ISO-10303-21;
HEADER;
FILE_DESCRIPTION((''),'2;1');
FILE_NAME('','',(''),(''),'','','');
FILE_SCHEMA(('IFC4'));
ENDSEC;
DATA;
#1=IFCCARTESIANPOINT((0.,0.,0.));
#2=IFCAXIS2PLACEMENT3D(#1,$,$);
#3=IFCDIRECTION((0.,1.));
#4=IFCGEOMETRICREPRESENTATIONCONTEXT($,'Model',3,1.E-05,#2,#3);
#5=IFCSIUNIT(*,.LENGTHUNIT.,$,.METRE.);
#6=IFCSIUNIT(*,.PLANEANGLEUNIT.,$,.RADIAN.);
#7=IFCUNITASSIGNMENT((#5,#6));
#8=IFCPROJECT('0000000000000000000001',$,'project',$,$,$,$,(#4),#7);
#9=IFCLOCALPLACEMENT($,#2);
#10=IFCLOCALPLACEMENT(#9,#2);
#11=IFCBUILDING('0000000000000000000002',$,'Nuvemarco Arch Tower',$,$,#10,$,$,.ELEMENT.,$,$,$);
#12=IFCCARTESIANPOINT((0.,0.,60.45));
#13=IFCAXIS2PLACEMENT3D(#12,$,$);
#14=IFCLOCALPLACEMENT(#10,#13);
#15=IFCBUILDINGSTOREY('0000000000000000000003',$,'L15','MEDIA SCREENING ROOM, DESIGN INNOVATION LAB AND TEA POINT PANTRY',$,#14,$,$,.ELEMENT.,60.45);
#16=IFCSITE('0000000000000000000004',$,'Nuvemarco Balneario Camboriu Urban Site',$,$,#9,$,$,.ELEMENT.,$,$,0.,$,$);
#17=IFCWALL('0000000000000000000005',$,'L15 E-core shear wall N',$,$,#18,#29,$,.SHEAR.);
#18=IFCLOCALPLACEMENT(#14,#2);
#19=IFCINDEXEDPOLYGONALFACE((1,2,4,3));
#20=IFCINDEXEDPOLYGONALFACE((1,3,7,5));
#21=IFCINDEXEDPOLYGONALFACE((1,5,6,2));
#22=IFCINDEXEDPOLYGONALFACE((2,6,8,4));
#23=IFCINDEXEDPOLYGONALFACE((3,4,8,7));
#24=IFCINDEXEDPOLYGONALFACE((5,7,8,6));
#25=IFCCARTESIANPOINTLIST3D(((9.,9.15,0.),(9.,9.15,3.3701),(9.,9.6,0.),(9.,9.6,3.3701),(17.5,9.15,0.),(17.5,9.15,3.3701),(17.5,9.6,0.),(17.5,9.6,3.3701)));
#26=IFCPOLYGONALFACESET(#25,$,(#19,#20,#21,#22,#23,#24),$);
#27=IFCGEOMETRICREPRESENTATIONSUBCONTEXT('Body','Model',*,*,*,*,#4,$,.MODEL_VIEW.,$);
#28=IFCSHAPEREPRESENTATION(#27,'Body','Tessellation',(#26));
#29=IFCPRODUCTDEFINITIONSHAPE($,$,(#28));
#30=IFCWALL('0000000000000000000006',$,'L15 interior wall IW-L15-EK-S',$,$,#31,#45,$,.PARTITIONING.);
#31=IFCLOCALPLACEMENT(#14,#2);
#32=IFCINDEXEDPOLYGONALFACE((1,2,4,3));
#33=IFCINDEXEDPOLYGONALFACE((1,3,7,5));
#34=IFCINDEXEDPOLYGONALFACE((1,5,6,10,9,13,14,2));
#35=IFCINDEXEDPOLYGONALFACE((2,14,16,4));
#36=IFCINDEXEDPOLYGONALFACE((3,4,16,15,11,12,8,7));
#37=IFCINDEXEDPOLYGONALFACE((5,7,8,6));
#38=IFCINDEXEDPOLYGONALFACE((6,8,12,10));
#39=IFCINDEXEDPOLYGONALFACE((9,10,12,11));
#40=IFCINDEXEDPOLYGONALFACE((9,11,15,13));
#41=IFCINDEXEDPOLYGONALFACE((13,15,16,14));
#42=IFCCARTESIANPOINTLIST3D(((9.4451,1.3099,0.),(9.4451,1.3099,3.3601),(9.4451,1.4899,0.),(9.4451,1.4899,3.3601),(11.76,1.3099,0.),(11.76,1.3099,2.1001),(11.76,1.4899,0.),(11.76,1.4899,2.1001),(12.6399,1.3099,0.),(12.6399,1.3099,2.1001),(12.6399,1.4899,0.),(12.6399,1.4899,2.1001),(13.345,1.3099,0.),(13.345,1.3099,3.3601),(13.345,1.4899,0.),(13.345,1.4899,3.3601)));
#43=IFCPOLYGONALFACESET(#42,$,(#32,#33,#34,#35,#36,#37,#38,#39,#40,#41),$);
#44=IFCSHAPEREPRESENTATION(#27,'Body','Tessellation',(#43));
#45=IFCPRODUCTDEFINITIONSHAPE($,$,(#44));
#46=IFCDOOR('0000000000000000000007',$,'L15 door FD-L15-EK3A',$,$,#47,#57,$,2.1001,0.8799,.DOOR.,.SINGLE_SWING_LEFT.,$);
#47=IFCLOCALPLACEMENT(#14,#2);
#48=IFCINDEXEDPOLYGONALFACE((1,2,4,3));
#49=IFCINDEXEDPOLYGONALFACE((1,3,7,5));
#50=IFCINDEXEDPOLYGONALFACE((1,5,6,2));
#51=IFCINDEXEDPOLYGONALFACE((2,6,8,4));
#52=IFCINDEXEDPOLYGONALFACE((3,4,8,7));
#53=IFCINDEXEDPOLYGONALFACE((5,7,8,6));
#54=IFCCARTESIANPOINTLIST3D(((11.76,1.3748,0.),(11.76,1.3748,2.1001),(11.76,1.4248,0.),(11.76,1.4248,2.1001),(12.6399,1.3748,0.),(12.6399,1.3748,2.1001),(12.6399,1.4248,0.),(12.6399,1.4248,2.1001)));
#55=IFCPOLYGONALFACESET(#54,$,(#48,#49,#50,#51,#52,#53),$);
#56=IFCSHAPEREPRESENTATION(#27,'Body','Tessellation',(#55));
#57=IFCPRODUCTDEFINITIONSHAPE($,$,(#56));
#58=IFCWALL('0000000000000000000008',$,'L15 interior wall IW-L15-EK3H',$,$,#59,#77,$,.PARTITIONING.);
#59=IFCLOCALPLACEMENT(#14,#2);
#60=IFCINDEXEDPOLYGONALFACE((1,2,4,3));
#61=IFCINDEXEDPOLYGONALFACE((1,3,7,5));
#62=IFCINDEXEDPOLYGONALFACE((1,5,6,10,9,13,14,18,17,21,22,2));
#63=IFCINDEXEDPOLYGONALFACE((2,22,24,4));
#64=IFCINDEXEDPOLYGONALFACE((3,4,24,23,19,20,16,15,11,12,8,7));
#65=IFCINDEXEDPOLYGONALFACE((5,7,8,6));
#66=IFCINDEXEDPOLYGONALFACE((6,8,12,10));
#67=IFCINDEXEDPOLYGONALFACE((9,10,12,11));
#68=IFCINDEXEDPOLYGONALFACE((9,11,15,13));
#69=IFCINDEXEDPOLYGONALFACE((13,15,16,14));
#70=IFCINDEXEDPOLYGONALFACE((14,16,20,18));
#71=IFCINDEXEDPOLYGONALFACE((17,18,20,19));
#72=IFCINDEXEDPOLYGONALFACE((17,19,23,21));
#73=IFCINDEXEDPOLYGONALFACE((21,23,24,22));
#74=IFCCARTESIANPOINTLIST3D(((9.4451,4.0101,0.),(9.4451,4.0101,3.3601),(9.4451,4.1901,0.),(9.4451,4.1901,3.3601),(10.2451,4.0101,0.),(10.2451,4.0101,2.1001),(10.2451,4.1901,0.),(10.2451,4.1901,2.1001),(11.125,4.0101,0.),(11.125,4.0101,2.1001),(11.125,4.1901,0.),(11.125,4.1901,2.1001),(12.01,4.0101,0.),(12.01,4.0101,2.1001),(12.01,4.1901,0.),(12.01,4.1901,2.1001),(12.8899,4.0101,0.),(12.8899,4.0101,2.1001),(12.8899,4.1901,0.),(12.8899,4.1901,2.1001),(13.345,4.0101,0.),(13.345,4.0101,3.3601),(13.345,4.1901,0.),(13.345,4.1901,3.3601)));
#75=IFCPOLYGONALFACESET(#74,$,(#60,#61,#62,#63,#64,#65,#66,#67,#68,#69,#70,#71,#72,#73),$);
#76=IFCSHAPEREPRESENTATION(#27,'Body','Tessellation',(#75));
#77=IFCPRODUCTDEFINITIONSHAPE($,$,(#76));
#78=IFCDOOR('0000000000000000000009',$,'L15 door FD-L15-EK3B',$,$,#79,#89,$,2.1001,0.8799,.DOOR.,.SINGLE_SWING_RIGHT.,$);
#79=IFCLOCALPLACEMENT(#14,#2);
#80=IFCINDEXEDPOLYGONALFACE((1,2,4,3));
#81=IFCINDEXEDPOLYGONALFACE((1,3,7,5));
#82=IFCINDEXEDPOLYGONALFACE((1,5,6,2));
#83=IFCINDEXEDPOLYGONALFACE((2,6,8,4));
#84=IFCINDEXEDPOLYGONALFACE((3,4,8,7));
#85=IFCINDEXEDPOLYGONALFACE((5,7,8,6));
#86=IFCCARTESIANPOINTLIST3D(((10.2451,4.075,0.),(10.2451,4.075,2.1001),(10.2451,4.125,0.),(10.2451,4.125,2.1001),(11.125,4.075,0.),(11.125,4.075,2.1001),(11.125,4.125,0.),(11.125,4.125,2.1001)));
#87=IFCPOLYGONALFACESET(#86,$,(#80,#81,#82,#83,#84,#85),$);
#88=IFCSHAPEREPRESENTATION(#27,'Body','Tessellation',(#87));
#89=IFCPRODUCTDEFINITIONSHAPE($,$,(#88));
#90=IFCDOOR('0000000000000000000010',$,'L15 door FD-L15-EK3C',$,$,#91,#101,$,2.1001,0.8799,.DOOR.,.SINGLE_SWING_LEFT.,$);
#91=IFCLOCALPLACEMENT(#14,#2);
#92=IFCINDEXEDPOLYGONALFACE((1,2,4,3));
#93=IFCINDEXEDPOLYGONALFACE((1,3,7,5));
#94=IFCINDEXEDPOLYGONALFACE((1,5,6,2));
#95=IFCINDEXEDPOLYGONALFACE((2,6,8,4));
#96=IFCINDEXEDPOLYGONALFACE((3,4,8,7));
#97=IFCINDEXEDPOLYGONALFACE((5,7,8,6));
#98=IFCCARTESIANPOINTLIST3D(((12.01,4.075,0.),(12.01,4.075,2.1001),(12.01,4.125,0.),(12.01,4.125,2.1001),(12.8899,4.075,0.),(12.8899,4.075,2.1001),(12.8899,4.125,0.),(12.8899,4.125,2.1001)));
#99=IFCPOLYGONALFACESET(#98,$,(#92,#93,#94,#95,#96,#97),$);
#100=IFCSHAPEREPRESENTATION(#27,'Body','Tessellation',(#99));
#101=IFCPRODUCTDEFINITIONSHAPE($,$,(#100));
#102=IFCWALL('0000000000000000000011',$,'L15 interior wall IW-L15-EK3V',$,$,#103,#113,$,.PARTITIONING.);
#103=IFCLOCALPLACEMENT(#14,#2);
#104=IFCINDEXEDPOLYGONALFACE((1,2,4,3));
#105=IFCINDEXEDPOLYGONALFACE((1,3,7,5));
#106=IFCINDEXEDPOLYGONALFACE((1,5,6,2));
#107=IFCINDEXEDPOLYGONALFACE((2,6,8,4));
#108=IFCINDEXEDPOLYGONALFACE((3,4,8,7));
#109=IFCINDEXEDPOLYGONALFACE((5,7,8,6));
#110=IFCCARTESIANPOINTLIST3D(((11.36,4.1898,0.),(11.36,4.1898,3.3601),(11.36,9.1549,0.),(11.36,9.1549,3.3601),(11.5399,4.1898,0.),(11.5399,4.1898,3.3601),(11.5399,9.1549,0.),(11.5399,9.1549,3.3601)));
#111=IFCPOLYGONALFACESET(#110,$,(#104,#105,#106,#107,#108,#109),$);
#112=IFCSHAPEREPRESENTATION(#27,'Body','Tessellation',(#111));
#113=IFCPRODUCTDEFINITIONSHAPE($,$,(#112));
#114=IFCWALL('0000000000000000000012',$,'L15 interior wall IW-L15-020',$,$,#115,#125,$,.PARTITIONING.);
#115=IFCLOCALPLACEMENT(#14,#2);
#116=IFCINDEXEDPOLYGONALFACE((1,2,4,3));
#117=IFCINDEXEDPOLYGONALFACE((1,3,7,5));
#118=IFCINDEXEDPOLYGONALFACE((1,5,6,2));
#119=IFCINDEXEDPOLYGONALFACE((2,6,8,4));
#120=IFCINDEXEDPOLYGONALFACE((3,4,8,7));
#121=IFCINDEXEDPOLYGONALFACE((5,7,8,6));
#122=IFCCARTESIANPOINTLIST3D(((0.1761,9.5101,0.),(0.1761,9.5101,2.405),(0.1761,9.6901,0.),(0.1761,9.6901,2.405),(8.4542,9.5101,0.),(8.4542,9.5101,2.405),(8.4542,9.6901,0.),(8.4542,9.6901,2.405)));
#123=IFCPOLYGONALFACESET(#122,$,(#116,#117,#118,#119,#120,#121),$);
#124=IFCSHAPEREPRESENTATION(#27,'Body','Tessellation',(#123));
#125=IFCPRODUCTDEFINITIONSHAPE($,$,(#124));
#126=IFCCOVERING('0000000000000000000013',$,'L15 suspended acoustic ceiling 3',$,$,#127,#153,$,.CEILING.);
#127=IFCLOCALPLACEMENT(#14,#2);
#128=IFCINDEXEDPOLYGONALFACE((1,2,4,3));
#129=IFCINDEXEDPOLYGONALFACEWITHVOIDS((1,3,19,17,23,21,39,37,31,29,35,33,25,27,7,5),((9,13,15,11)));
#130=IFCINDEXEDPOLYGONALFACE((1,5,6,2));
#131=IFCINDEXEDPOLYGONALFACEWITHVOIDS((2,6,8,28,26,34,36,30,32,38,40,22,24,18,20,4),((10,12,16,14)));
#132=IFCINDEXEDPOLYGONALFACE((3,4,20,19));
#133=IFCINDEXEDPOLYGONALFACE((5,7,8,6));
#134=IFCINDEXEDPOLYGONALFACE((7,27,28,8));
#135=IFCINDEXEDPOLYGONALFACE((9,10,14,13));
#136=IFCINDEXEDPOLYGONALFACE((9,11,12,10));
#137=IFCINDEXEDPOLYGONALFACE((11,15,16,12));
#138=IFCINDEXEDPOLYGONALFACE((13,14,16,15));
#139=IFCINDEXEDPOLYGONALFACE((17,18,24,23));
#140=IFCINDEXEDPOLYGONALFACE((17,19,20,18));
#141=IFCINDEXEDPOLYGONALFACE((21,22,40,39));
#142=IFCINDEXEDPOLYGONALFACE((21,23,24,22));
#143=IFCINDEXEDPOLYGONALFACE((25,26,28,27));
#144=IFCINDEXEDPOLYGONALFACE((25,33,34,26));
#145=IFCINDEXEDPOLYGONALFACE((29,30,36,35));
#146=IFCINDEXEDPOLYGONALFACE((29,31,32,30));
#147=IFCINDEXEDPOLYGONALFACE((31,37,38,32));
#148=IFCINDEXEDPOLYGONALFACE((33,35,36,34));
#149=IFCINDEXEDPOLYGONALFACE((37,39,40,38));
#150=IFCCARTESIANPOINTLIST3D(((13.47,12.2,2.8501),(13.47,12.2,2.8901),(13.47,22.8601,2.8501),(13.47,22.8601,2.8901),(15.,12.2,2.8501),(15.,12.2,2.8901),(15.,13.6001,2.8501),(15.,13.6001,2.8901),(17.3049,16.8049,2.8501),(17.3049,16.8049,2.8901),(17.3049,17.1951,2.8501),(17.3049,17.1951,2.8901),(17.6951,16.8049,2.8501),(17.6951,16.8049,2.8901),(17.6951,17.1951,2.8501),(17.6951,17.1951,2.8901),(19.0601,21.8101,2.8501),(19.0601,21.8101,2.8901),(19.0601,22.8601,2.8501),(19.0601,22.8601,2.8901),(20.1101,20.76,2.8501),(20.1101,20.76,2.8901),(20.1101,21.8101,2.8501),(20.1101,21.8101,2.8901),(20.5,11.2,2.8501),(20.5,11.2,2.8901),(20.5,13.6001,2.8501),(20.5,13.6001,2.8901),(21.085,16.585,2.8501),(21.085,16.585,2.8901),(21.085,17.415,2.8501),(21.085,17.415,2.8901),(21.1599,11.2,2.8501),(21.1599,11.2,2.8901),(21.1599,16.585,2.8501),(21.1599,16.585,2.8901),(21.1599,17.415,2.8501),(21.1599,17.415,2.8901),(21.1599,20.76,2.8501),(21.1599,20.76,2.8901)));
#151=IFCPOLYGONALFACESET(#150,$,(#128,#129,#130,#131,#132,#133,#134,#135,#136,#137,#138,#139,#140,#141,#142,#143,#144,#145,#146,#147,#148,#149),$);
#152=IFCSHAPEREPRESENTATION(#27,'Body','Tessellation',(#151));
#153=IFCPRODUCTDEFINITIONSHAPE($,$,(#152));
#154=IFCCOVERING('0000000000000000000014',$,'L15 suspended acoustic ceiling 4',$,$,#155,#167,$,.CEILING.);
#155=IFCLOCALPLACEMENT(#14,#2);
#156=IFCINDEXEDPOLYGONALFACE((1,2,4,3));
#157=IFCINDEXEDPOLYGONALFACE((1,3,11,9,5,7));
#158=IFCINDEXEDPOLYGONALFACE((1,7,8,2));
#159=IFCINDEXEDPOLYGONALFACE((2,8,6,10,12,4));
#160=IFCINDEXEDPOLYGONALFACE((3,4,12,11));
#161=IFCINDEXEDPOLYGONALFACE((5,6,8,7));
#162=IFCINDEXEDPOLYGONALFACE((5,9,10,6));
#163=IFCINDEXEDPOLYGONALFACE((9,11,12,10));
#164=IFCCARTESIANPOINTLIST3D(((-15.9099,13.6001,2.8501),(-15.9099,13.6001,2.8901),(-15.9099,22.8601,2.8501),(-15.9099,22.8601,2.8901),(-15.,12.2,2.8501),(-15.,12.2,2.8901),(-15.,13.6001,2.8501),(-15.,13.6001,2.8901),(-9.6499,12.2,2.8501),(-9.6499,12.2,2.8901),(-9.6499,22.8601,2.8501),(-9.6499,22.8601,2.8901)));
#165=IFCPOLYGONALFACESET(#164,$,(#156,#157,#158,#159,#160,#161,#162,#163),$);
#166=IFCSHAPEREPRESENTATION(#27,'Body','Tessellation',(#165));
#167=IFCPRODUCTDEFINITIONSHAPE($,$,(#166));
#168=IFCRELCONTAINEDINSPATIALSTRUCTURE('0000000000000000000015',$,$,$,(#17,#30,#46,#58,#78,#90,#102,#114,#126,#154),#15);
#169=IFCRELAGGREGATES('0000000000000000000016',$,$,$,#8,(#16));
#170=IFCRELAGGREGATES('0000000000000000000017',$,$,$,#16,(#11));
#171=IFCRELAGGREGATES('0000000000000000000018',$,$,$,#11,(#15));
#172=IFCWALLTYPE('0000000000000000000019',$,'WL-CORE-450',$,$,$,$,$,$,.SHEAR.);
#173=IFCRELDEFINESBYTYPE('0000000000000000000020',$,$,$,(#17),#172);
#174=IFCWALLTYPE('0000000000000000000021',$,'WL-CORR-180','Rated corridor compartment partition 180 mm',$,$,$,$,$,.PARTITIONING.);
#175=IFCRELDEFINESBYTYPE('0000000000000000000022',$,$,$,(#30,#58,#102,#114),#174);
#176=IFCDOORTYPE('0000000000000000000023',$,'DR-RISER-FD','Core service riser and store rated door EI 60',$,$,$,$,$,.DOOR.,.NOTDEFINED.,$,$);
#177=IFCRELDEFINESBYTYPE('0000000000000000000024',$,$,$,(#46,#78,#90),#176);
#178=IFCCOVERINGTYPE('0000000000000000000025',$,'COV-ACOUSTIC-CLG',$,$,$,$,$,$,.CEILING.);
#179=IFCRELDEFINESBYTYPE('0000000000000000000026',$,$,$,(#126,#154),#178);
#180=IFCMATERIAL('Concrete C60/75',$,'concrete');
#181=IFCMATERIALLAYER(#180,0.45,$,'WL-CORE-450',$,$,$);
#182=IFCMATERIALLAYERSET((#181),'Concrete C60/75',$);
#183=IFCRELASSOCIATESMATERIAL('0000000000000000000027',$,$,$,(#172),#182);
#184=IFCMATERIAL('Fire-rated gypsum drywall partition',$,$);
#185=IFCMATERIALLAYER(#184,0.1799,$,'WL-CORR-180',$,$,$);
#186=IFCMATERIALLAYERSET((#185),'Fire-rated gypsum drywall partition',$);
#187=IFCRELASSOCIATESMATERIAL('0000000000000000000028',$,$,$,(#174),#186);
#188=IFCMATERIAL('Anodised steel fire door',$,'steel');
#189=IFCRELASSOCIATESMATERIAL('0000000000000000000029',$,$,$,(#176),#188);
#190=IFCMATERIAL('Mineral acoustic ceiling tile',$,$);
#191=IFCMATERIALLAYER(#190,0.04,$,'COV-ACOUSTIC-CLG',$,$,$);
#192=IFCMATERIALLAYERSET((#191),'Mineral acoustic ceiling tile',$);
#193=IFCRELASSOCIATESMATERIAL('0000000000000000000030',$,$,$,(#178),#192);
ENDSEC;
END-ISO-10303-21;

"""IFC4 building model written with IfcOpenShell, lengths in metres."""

from ifc_helpers import new_model, si_unit, direction, frame, frame_2d, origin, place, context, subcontext, project, spatial, polyline, rectangle, outline, extrude, source, transform, mapped, material, layer, layer_set, type_object, type_shapes, element, fill, save


model = new_model("IFC4")

# Units and contexts
model_context = context("Model", 3, precision=1e-05, world=origin(), true_north=direction((0.0, 1.0)))
body_context = subcontext(model_context, "Body", "Model", "MODEL_VIEW")
ifc_project = project(units=[si_unit("LENGTHUNIT", "METRE"), si_unit("PLANEANGLEUNIT", "RADIAN")], contexts=[model_context])

# Site, building, storey
site_placement = place(None, origin())
site = spatial("IfcSite", under=ifc_project, at=site_placement, Name="Nuvemarco Balneario Camboriu Urban Site", CompositionType="ELEMENT", RefElevation=0.0)
building_placement = place(site_placement, origin())
building = spatial("IfcBuilding", under=site, at=building_placement, Name="Nuvemarco Arch Tower", CompositionType="ELEMENT")
storey_placement = place(building_placement, frame((0.0, 0.0, 60.45)))
storey = spatial("IfcBuildingStorey", under=building, at=storey_placement, Name="L15", Description="MEDIA SCREENING ROOM, DESIGN INNOVATION LAB AND TEA POINT PANTRY", CompositionType="ELEMENT", Elevation=60.45)

# Shared definitions
ifc_material_1 = material(Name="Concrete C60/75", Category="concrete")

# Wall
ifc_layer_1 = layer(ifc_material_1, 0.45, Name="WL-CORE-450")
ifc_layer_set_1 = layer_set([ifc_layer_1], Name="Concrete C60/75")
wall_type_1 = type_object("IfcWallType", Name="WL-CORE-450", PredefinedType="SHEAR", material=ifc_layer_set_1)
wall_1_placement = place(storey_placement, frame((9.0, 9.375, 0.0), z_axis=(0.0, 0.0, 1.0), x_axis=(1.0, 0.0, 0.0)))
element("IfcWall", 1, at=wall_1_placement, inside=storey, type_object=wall_type_1, Name="L15 E-core shear wall N", PredefinedType="SHEAR", context=body_context, shape_type="SweptSolid", body=[
    extrude(rectangle(XDim=8.5, YDim=0.45, at=frame_2d((4.25, 0.0))), origin(), (0.0, 0.0, 1.0), 3.3701),
])

# Wall, opening, door
ifc_material_2 = material(Name="Fire-rated gypsum drywall partition")
ifc_layer_2 = layer(ifc_material_2, 0.1799, Name="WL-CORR-180")
ifc_layer_set_2 = layer_set([ifc_layer_2], Name="Fire-rated gypsum drywall partition")
wall_type_2 = type_object("IfcWallType", Name="WL-CORR-180", Description="Rated corridor compartment partition 180 mm", PredefinedType="PARTITIONING", material=ifc_layer_set_2)
wall_2_placement = place(storey_placement, frame((9.4451, 1.3999, 0.0), z_axis=(0.0, 0.0, 1.0), x_axis=(1.0, 0.0, 0.0)))
wall_2 = element("IfcWall", 2, at=wall_2_placement, inside=storey, type_object=wall_type_2, Name="L15 interior wall IW-L15-EK-S", PredefinedType="PARTITIONING", context=body_context, shape_type="SweptSolid", body=[
    extrude(rectangle(XDim=3.8999, YDim=0.1799, at=frame_2d((1.95, 0.0))), origin(), (0.0, 0.0, 1.0), 3.3601),
])
opening_1_placement = place(wall_2_placement, frame((2.3149, 0.0, 0.0)))
opening_1 = element("IfcOpeningElement", 3, at=opening_1_placement, cuts=wall_2, PredefinedType="OPENING", context=body_context, shape_type="SweptSolid", body=[
    extrude(rectangle(XDim=0.8799, YDim=2.1001, at=frame_2d((0.4399, 1.05))), frame((0.0, 0.0999, 0.0), z_axis=(0.0, -1.0, 0.0), x_axis=(1.0, 0.0, 0.0)), (0.0, 0.0, 1.0), 0.2),
])
ifc_material_3 = material(Name="Anodised steel fire door", Category="steel")
door_type = type_object("IfcDoorType", Name="DR-RISER-FD", Description="Core service riser and store rated door EI 60", OperationType="NOTDEFINED", PredefinedType="DOOR", material=ifc_material_3)
shared_shape = source(origin(), body_context, "Body", "SweptSolid", [
    extrude(rectangle(XDim=0.8799, YDim=2.1001, at=frame_2d((0.4399, 1.05))), frame((0.0, 0.0249, 0.0), z_axis=(0.0, -1.0, 0.0), x_axis=(1.0, 0.0, 0.0)), (0.0, 0.0, 1.0), 0.05),
])
type_shapes(door_type, [shared_shape])
door_1_placement = place(opening_1_placement, origin())
door_1 = element("IfcDoor", 4, at=door_1_placement, inside=storey, type_object=door_type, Name="L15 door FD-L15-EK3A", OperationType="SINGLE_SWING_LEFT", OverallHeight=2.1001, OverallWidth=0.8799, PredefinedType="DOOR", context=body_context, shape_type="MappedRepresentation", body=[
    mapped(shared_shape, transform((0.0, 0.0, 0.0), scale=1.0)),
])
fill(opening_1, door_1)

# Wall, openings, doors
wall_3_placement = place(storey_placement, frame((9.4451, 4.1001, 0.0), z_axis=(0.0, 0.0, 1.0), x_axis=(1.0, 0.0, 0.0)))
wall_3 = element("IfcWall", 5, at=wall_3_placement, inside=storey, type_object=wall_type_2, Name="L15 interior wall IW-L15-EK3H", PredefinedType="PARTITIONING", context=body_context, shape_type="SweptSolid", body=[
    extrude(rectangle(XDim=3.8999, YDim=0.1799, at=frame_2d((1.95, 0.0))), origin(), (0.0, 0.0, 1.0), 3.3601),
])
opening_2_placement = place(wall_3_placement, frame((0.8, 0.0, 0.0)))
opening_2 = element("IfcOpeningElement", 6, at=opening_2_placement, cuts=wall_3, PredefinedType="OPENING", context=body_context, shape_type="SweptSolid", body=[
    extrude(rectangle(XDim=0.8799, YDim=2.1001, at=frame_2d((0.4399, 1.05))), frame((0.0, 0.0999, 0.0), z_axis=(0.0, -1.0, 0.0), x_axis=(1.0, 0.0, 0.0)), (0.0, 0.0, 1.0), 0.2),
])
opening_3_placement = place(wall_3_placement, frame((2.5649, 0.0, 0.0)))
opening_3 = element("IfcOpeningElement", 7, at=opening_3_placement, cuts=wall_3, PredefinedType="OPENING", context=body_context, shape_type="SweptSolid", body=[
    extrude(rectangle(XDim=0.8799, YDim=2.1001, at=frame_2d((0.4399, 1.05))), frame((0.0, 0.0999, 0.0), z_axis=(0.0, -1.0, 0.0), x_axis=(1.0, 0.0, 0.0)), (0.0, 0.0, 1.0), 0.2),
])
door_2_placement = place(opening_2_placement, origin())
door_2 = element("IfcDoor", 8, at=door_2_placement, inside=storey, type_object=door_type, Name="L15 door FD-L15-EK3B", OperationType="SINGLE_SWING_RIGHT", OverallHeight=2.1001, OverallWidth=0.8799, PredefinedType="DOOR", context=body_context, shape_type="MappedRepresentation", body=[
    mapped(shared_shape, transform((0.0, 0.0, 0.0), scale=1.0)),
])
fill(opening_2, door_2)
door_3_placement = place(opening_3_placement, origin())
door_3 = element("IfcDoor", 9, at=door_3_placement, inside=storey, type_object=door_type, Name="L15 door FD-L15-EK3C", OperationType="SINGLE_SWING_LEFT", OverallHeight=2.1001, OverallWidth=0.8799, PredefinedType="DOOR", context=body_context, shape_type="MappedRepresentation", body=[
    mapped(shared_shape, transform((0.0, 0.0, 0.0), scale=1.0)),
])
fill(opening_3, door_3)

# Walls
wall_4_placement = place(storey_placement, frame((11.45, 4.1899, 0.0), z_axis=(0.0, 0.0, 1.0), x_axis=(0.0, 1.0, 0.0)))
element("IfcWall", 10, at=wall_4_placement, inside=storey, type_object=wall_type_2, Name="L15 interior wall IW-L15-EK3V", PredefinedType="PARTITIONING", context=body_context, shape_type="SweptSolid", body=[
    extrude(rectangle(XDim=4.9651, YDim=0.1799, at=frame_2d((2.4824, 0.0))), origin(), (0.0, 0.0, 1.0), 3.3601),
])
wall_5_placement = place(storey_placement, frame((0.176, 9.6001, 0.0), z_axis=(0.0, 0.0, 1.0), x_axis=(1.0, 0.0, 0.0)))
element("IfcWall", 11, at=wall_5_placement, inside=storey, type_object=wall_type_2, Name="L15 interior wall IW-L15-020", PredefinedType="PARTITIONING", context=body_context, shape_type="SweptSolid", body=[
    extrude(rectangle(XDim=8.2781, YDim=0.1799, at=frame_2d((4.1392, 0.0))), origin(), (0.0, 0.0, 1.0), 2.405),
])

# Coverings
ifc_material_4 = material(Name="Mineral acoustic ceiling tile")
ifc_layer_3 = layer(ifc_material_4, 0.04, Name="COV-ACOUSTIC-CLG")
ifc_layer_set_3 = layer_set([ifc_layer_3], Name="Mineral acoustic ceiling tile")
covering_type_1 = type_object("IfcCoveringType", Name="COV-ACOUSTIC-CLG", PredefinedType="CEILING", material=ifc_layer_set_3)
covering_1_placement = place(storey_placement, frame((0.0, 0.0, 2.8501)))
element("IfcCovering", 12, at=covering_1_placement, inside=storey, type_object=covering_type_1, Name="L15 suspended acoustic ceiling 3", PredefinedType="CEILING", context=body_context, shape_type="SweptSolid", body=[
    extrude(outline(polyline([(21.1599, 20.76), (21.1599, 17.415), (21.085, 17.415), (21.085, 16.585), (21.1599, 16.585), (21.1599, 11.2), (20.5, 11.2), (20.5, 13.6001), (15.0, 13.6001), (15.0, 12.2), (13.47, 12.2), (13.47, 22.8601), (19.0601, 22.8601), (19.0601, 21.8101), (20.1101, 21.8101), (20.1101, 20.76), (21.1599, 20.76)]), holes=[polyline([(17.6951, 16.8049), (17.6951, 17.1951), (17.3049, 17.1951), (17.3049, 16.8049), (17.6951, 16.8049)])]), origin(), (0.0, 0.0, 1.0), 0.04),
])
covering_2_placement = place(storey_placement, frame((0.0, 0.0, 2.8501)))
element("IfcCovering", 13, at=covering_2_placement, inside=storey, type_object=covering_type_1, Name="L15 suspended acoustic ceiling 4", PredefinedType="CEILING", context=body_context, shape_type="SweptSolid", body=[
    extrude(outline(polyline([(-9.6499, 22.8601), (-9.6499, 12.2), (-15.0, 12.2), (-15.0, 13.6001), (-15.9099, 13.6001), (-15.9099, 22.8601), (-9.6499, 22.8601)])), origin(), (0.0, 0.0, 1.0), 0.04),
])

save(model, "model.ifc")
